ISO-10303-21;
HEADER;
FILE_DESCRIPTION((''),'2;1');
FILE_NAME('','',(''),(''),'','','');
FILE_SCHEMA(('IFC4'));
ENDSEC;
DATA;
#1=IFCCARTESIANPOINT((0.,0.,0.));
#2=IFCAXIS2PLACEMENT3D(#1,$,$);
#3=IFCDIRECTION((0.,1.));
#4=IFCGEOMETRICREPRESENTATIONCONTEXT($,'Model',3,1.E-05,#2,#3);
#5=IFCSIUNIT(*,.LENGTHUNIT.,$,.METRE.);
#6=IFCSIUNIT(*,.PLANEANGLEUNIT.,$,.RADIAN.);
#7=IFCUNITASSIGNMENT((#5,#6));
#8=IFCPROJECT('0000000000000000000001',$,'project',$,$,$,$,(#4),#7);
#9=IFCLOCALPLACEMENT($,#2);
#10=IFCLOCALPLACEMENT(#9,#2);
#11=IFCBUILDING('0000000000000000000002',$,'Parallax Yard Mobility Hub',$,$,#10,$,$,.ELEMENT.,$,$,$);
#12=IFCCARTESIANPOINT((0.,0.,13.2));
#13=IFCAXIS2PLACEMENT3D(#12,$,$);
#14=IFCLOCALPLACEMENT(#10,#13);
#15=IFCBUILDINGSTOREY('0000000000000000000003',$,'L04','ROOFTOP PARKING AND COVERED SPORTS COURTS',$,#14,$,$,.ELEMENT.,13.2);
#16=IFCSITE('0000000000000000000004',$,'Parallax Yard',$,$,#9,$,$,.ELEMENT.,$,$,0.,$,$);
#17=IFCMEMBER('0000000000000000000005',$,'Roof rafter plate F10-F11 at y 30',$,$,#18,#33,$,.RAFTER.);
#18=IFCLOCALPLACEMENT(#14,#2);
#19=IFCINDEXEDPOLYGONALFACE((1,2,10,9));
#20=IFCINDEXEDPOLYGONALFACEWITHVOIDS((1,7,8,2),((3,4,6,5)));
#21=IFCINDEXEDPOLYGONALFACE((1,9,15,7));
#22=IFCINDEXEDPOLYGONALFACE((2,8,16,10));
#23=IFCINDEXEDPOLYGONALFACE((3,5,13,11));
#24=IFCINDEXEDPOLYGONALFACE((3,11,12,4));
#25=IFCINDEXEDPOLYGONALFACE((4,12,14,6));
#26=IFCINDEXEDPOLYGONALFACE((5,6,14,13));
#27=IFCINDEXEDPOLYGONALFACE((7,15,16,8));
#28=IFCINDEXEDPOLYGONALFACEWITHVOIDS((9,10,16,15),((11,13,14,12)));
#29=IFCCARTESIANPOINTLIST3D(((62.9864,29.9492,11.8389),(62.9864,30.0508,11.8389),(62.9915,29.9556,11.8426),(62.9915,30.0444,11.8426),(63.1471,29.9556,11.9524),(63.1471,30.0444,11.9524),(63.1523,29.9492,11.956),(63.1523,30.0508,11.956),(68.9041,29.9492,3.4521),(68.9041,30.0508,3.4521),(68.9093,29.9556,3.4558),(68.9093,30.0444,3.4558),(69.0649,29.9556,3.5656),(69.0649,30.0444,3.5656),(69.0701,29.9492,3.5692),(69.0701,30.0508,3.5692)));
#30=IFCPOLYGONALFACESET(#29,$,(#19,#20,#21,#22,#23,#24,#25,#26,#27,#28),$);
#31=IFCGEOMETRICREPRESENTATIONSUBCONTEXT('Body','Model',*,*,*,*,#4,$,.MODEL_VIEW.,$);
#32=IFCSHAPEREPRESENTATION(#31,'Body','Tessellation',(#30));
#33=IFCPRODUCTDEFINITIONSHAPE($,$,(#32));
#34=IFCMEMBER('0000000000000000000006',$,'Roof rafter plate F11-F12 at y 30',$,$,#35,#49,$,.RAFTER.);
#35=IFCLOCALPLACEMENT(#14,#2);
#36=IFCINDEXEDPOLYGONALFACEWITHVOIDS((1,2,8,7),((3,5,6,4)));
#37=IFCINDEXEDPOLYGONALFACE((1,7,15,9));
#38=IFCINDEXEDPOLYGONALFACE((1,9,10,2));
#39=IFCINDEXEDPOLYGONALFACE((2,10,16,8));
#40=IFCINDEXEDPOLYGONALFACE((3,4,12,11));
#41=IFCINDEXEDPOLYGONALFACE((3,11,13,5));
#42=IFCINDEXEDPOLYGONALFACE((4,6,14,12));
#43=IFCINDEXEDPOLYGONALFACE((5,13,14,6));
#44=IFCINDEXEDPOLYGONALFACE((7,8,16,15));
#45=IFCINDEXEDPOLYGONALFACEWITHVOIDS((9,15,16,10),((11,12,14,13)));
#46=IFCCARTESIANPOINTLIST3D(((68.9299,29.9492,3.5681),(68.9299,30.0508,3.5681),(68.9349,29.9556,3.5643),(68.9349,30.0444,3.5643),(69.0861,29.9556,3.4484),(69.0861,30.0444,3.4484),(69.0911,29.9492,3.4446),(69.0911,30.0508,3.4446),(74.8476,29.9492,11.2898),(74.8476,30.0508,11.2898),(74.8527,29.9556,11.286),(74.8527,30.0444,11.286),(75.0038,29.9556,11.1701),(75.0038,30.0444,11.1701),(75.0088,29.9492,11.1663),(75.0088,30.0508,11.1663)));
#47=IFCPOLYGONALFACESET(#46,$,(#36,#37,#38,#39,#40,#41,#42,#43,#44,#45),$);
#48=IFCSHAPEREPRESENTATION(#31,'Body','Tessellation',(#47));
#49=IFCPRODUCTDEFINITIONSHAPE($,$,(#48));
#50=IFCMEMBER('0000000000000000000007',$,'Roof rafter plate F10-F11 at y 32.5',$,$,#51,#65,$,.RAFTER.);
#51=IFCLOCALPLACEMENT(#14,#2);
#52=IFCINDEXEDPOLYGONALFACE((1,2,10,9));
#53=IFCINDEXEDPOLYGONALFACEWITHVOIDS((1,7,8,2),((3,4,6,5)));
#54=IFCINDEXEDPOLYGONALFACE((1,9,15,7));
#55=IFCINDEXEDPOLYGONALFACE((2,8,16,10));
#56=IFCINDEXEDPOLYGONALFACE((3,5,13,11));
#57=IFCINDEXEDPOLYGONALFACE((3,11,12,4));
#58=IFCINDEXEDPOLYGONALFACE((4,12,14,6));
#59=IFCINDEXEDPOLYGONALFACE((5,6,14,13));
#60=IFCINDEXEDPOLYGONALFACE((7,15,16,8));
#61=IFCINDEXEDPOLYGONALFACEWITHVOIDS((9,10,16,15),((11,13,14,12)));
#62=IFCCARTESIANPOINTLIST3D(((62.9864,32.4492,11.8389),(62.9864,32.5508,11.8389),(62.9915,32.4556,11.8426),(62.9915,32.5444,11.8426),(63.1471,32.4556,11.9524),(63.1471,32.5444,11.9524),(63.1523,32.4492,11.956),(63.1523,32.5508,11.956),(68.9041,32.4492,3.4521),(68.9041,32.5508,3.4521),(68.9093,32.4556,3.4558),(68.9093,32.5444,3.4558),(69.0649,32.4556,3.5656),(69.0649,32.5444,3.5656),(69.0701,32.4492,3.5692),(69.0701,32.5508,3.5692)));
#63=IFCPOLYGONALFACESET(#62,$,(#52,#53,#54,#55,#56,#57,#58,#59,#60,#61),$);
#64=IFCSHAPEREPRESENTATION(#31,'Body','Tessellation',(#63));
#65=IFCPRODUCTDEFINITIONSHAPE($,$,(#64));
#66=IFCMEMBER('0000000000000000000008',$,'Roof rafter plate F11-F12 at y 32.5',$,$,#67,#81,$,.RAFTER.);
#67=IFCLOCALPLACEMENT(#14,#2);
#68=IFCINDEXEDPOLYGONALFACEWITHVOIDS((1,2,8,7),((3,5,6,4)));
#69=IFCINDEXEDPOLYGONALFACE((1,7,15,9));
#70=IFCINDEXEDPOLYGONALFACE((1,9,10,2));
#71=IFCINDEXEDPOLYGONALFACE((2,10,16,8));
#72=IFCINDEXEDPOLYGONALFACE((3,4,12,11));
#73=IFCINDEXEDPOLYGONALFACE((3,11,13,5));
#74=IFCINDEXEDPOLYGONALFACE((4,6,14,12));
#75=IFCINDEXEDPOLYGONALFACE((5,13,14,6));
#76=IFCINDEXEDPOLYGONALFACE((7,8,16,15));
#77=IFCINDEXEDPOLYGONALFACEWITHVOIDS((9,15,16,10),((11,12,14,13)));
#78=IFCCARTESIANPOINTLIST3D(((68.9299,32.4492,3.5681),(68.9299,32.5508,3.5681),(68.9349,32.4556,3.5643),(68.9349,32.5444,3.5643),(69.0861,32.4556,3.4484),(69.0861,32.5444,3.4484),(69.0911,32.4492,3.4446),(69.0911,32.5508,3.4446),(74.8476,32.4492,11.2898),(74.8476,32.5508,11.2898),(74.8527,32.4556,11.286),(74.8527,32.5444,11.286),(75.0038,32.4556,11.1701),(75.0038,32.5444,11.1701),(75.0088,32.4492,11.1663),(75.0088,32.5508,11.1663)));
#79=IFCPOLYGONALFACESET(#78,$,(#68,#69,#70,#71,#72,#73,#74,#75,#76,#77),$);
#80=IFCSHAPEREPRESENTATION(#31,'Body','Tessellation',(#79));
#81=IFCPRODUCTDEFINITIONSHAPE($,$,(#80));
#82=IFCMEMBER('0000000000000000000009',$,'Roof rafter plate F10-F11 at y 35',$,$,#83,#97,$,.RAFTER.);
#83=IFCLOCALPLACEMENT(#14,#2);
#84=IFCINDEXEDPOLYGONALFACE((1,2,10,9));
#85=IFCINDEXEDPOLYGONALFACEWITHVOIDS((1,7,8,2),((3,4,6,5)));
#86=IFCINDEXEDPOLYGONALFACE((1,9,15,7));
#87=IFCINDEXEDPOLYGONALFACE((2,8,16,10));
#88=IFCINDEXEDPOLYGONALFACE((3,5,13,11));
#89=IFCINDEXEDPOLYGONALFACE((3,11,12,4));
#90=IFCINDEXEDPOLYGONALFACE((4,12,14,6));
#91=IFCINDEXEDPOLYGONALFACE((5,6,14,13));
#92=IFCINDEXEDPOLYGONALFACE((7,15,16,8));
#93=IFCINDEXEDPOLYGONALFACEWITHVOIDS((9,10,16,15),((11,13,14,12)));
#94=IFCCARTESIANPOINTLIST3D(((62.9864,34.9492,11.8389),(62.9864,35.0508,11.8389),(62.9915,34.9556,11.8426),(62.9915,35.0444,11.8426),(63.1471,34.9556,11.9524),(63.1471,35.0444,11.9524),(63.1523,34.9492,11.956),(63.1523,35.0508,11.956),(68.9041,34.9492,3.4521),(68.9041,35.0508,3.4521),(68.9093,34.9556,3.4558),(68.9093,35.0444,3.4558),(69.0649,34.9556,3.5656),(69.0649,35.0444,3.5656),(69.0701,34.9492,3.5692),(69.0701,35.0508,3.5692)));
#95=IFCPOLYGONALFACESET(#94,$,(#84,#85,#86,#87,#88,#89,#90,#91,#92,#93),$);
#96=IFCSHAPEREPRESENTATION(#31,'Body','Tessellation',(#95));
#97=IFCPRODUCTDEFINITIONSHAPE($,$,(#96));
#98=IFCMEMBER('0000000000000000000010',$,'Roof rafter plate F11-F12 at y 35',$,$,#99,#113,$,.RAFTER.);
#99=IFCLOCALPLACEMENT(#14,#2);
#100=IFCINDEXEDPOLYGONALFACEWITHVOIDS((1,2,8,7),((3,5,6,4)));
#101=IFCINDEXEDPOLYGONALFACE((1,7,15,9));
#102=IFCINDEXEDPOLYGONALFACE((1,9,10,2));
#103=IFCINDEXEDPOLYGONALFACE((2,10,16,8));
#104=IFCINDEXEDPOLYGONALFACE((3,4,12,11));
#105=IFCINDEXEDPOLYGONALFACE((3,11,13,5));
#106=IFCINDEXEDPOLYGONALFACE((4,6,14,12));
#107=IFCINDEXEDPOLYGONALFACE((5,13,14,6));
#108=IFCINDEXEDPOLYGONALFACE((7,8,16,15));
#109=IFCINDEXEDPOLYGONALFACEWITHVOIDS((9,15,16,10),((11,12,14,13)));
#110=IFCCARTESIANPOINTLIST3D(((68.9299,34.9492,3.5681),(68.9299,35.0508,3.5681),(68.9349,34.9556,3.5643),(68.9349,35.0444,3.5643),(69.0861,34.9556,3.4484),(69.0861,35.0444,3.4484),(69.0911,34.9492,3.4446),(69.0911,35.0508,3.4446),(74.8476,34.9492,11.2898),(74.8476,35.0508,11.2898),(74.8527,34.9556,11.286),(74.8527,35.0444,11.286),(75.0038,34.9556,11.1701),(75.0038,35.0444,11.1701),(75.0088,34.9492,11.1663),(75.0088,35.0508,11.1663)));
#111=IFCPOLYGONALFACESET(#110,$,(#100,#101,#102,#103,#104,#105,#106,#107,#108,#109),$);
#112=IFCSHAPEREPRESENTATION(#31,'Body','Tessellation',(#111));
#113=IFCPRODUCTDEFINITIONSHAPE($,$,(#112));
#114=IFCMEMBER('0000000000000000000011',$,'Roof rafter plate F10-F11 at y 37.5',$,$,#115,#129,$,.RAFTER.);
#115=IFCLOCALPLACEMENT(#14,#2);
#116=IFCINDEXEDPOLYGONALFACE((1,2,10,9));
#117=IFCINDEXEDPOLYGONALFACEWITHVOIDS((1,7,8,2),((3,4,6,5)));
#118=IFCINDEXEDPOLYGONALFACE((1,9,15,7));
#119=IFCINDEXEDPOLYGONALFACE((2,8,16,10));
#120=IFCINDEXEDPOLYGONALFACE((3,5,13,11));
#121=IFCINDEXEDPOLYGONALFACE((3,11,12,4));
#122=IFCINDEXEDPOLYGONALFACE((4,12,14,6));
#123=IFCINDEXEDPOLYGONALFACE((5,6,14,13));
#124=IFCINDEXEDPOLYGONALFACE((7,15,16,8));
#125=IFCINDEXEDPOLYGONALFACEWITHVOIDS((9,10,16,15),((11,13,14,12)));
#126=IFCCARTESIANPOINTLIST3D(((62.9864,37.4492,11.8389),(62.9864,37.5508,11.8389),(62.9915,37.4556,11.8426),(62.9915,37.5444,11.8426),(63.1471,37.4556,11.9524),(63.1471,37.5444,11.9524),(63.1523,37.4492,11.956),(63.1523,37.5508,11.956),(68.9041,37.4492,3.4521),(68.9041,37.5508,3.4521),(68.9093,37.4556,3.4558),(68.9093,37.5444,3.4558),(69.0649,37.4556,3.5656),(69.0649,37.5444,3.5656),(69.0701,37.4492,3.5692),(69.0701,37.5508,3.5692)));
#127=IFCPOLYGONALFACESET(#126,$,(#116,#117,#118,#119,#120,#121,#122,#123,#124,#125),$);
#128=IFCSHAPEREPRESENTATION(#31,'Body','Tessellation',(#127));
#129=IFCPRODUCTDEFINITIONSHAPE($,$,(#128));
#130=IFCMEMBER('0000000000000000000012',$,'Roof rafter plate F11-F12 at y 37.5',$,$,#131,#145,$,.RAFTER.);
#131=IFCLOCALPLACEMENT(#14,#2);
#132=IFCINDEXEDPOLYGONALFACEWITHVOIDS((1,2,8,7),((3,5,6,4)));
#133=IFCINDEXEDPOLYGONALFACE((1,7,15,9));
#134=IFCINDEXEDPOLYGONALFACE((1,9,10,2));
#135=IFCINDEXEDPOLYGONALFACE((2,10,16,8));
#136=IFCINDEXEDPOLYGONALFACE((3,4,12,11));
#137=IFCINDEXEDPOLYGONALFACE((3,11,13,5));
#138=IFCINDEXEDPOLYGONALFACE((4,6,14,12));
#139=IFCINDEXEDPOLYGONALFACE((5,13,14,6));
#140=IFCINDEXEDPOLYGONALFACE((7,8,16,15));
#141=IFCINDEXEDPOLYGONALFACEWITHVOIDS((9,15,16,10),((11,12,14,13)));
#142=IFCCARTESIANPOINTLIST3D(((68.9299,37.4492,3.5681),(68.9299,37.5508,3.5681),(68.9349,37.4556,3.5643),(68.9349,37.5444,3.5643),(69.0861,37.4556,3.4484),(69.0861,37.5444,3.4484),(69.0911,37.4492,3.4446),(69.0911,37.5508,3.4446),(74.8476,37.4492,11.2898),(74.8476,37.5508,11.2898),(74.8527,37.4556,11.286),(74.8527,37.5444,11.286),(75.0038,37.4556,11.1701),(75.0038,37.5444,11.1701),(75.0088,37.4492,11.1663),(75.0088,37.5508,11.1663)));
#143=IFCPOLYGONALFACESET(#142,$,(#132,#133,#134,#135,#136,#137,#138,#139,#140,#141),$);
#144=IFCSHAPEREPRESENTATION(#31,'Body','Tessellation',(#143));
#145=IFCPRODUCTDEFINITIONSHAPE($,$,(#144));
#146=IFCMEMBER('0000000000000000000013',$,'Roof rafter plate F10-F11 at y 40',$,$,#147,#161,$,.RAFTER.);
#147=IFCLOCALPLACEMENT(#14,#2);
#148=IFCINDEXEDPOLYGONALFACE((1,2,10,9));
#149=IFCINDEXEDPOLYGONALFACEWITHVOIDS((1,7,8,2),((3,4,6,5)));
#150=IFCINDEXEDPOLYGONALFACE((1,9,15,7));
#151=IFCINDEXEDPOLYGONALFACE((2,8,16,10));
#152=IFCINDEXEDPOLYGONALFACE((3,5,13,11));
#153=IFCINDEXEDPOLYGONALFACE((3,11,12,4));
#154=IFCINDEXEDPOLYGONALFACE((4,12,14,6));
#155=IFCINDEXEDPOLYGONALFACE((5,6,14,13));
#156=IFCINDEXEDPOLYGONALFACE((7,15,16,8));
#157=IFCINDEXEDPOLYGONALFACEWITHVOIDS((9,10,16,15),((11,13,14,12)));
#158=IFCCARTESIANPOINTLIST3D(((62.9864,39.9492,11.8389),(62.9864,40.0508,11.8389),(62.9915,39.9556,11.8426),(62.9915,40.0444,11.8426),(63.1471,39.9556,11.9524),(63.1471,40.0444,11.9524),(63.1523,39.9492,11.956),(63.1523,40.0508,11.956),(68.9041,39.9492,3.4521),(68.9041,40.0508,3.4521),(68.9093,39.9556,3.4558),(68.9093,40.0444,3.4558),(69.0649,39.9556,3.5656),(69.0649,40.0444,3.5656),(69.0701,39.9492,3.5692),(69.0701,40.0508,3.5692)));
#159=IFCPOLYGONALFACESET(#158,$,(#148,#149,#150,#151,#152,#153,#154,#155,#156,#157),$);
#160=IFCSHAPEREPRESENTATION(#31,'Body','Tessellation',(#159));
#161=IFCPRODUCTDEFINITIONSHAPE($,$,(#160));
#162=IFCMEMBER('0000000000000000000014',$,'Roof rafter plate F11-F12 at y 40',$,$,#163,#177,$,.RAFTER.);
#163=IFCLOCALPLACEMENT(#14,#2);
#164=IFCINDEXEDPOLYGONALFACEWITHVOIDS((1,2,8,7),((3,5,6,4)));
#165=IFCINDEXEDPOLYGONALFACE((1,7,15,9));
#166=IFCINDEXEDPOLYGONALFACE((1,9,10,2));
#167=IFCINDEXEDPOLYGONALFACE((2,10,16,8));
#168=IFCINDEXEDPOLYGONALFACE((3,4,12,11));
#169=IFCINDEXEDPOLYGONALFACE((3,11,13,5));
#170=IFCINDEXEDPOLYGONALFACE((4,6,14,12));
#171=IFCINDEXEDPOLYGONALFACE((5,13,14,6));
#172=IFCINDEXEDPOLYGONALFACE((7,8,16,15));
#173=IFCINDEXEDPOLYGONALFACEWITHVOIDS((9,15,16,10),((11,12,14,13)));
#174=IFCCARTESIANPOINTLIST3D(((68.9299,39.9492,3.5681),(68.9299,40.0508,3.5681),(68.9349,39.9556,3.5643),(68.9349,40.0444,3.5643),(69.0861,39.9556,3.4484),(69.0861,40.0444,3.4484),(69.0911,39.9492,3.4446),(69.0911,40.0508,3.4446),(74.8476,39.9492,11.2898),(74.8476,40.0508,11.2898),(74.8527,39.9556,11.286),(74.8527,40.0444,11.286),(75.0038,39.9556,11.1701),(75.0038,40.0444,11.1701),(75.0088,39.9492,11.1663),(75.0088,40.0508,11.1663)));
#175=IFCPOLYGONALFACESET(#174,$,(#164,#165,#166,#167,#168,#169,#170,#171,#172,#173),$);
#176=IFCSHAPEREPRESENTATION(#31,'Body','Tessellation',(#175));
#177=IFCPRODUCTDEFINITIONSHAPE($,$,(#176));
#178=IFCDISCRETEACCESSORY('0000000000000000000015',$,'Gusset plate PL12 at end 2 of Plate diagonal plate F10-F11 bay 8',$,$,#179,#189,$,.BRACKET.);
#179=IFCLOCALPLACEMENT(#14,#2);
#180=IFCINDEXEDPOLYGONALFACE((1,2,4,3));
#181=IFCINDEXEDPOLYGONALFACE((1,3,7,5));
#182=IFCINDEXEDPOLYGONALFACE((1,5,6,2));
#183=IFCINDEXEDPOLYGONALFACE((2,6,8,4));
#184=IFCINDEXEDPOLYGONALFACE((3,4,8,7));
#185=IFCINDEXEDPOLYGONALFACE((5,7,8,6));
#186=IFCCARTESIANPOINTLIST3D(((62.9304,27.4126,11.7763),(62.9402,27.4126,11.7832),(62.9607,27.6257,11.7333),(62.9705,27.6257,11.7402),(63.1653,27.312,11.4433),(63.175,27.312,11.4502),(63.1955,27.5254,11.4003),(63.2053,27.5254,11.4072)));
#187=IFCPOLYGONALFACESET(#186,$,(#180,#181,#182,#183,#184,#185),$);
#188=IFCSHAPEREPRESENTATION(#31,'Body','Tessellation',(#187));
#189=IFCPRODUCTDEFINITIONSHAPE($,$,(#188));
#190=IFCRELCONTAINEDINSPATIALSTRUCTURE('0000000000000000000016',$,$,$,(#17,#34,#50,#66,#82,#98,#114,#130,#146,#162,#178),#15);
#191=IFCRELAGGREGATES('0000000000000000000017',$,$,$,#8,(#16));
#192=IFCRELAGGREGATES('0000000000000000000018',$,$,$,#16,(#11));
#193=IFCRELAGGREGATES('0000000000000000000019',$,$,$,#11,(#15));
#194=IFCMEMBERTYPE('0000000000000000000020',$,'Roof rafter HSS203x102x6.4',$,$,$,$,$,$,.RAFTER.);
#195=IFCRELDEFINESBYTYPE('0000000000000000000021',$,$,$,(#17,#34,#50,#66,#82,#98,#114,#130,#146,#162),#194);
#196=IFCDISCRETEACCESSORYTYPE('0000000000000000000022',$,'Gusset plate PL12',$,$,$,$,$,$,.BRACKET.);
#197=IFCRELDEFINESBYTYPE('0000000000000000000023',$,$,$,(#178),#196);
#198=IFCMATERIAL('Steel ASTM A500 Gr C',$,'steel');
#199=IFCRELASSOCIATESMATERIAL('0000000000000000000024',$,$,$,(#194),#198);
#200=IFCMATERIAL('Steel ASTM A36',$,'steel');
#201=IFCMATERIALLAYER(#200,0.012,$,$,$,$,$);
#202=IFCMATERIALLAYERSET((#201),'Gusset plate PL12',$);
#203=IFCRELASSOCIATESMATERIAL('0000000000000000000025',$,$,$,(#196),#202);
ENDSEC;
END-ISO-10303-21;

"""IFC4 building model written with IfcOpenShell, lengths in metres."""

from ifc_helpers import new_model, si_unit, direction, frame, origin, origin_2d, place, context, subcontext, project, spatial, polyline, hollow_rectangle, outline, extrude, material, layer, layer_set, material_profile, profile_set, type_object, element, save


model = new_model("IFC4")

# Units and contexts
model_context = context("Model", 3, precision=1e-05, world=origin(), true_north=direction((0.0, 1.0)))
body_context = subcontext(model_context, "Body", "Model", "MODEL_VIEW")
ifc_project = project(units=[si_unit("LENGTHUNIT", "METRE"), si_unit("PLANEANGLEUNIT", "RADIAN")], contexts=[model_context])

# Site, building, storey
site_placement = place(None, origin())
site = spatial("IfcSite", under=ifc_project, at=site_placement, Name="Parallax Yard", CompositionType="ELEMENT", RefElevation=0.0)
building_placement = place(site_placement, origin())
building = spatial("IfcBuilding", under=site, at=building_placement, Name="Parallax Yard Mobility Hub", CompositionType="ELEMENT")
storey_placement = place(building_placement, frame((0.0, 0.0, 13.2)))
storey = spatial("IfcBuildingStorey", under=building, at=storey_placement, Name="L04", Description="ROOFTOP PARKING AND COVERED SPORTS COURTS", CompositionType="ELEMENT", Elevation=13.2)

# Members
ifc_material_1 = material(Name="Steel ASTM A500 Gr C", Category="steel")
ifc_material_profile_1 = material_profile(ifc_material_1, hollow_rectangle(XDim=0.1016, YDim=0.2031, WallThickness=0.0063, at=origin_2d()), Name="HSS203x102x6.4")
ifc_profile_set_1 = profile_set([ifc_material_profile_1], Name="Steel ASTM A500 Gr C")
member_type_1 = type_object("IfcMemberType", Name="Roof rafter HSS203x102x6.4", PredefinedType="RAFTER", material=ifc_profile_set_1)
member_1_placement = place(storey_placement, frame((63.0693, 30.0, 11.8975), z_axis=(0.576533, 0.0, -0.817074), x_axis=(0.0, 1.0, 0.0)))
element("IfcMember", 1, at=member_1_placement, inside=storey, type_object=member_type_1, Name="Roof rafter plate F10-F11 at y 30", PredefinedType="RAFTER", context=body_context, shape_type="SweptSolid", body=[
    extrude(hollow_rectangle(XDim=0.1016, YDim=0.2031, WallThickness=0.0063, at=origin_2d()), origin(), (0.0, 0.0, 1.0), 10.2644),
])
member_2_placement = place(storey_placement, frame((69.0105, 30.0, 3.5063), z_axis=(0.608287, 0.0, 0.793717), x_axis=(0.0, 1.0, 0.0)))
element("IfcMember", 2, at=member_2_placement, inside=storey, type_object=member_type_1, Name="Roof rafter plate F11-F12 at y 30", PredefinedType="RAFTER", context=body_context, shape_type="SweptSolid", body=[
    extrude(hollow_rectangle(XDim=0.1016, YDim=0.2031, WallThickness=0.0063, at=origin_2d()), origin(), (0.0, 0.0, 1.0), 9.7285),
])
member_3_placement = place(storey_placement, frame((63.0693, 32.5, 11.8975), z_axis=(0.576533, 0.0, -0.817074), x_axis=(0.0, 1.0, 0.0)))
element("IfcMember", 3, at=member_3_placement, inside=storey, type_object=member_type_1, Name="Roof rafter plate F10-F11 at y 32.5", PredefinedType="RAFTER", context=body_context, shape_type="SweptSolid", body=[
    extrude(hollow_rectangle(XDim=0.1016, YDim=0.2031, WallThickness=0.0063, at=origin_2d()), origin(), (0.0, 0.0, 1.0), 10.2644),
])
member_4_placement = place(storey_placement, frame((69.0105, 32.5, 3.5063), z_axis=(0.608287, 0.0, 0.793717), x_axis=(0.0, 1.0, 0.0)))
element("IfcMember", 4, at=member_4_placement, inside=storey, type_object=member_type_1, Name="Roof rafter plate F11-F12 at y 32.5", PredefinedType="RAFTER", context=body_context, shape_type="SweptSolid", body=[
    extrude(hollow_rectangle(XDim=0.1016, YDim=0.2031, WallThickness=0.0063, at=origin_2d()), origin(), (0.0, 0.0, 1.0), 9.7285),
])
member_5_placement = place(storey_placement, frame((63.0693, 35.0, 11.8975), z_axis=(0.576533, 0.0, -0.817074), x_axis=(0.0, 1.0, 0.0)))
element("IfcMember", 5, at=member_5_placement, inside=storey, type_object=member_type_1, Name="Roof rafter plate F10-F11 at y 35", PredefinedType="RAFTER", context=body_context, shape_type="SweptSolid", body=[
    extrude(hollow_rectangle(XDim=0.1016, YDim=0.2031, WallThickness=0.0063, at=origin_2d()), origin(), (0.0, 0.0, 1.0), 10.2644),
])
member_6_placement = place(storey_placement, frame((69.0105, 35.0, 3.5063), z_axis=(0.608287, 0.0, 0.793717), x_axis=(0.0, 1.0, 0.0)))
element("IfcMember", 6, at=member_6_placement, inside=storey, type_object=member_type_1, Name="Roof rafter plate F11-F12 at y 35", PredefinedType="RAFTER", context=body_context, shape_type="SweptSolid", body=[
    extrude(hollow_rectangle(XDim=0.1016, YDim=0.2031, WallThickness=0.0063, at=origin_2d()), origin(), (0.0, 0.0, 1.0), 9.7285),
])
member_7_placement = place(storey_placement, frame((63.0693, 37.5, 11.8975), z_axis=(0.576533, 0.0, -0.817074), x_axis=(0.0, 1.0, 0.0)))
element("IfcMember", 7, at=member_7_placement, inside=storey, type_object=member_type_1, Name="Roof rafter plate F10-F11 at y 37.5", PredefinedType="RAFTER", context=body_context, shape_type="SweptSolid", body=[
    extrude(hollow_rectangle(XDim=0.1016, YDim=0.2031, WallThickness=0.0063, at=origin_2d()), origin(), (0.0, 0.0, 1.0), 10.2644),
])
member_8_placement = place(storey_placement, frame((69.0105, 37.5, 3.5063), z_axis=(0.608287, 0.0, 0.793717), x_axis=(0.0, 1.0, 0.0)))
element("IfcMember", 8, at=member_8_placement, inside=storey, type_object=member_type_1, Name="Roof rafter plate F11-F12 at y 37.5", PredefinedType="RAFTER", context=body_context, shape_type="SweptSolid", body=[
    extrude(hollow_rectangle(XDim=0.1016, YDim=0.2031, WallThickness=0.0063, at=origin_2d()), origin(), (0.0, 0.0, 1.0), 9.7285),
])
member_9_placement = place(storey_placement, frame((63.0693, 40.0, 11.8975), z_axis=(0.576533, 0.0, -0.817074), x_axis=(0.0, 1.0, 0.0)))
element("IfcMember", 9, at=member_9_placement, inside=storey, type_object=member_type_1, Name="Roof rafter plate F10-F11 at y 40", PredefinedType="RAFTER", context=body_context, shape_type="SweptSolid", body=[
    extrude(hollow_rectangle(XDim=0.1016, YDim=0.2031, WallThickness=0.0063, at=origin_2d()), origin(), (0.0, 0.0, 1.0), 10.2644),
])
member_10_placement = place(storey_placement, frame((69.0105, 40.0, 3.5063), z_axis=(0.608287, 0.0, 0.793717), x_axis=(0.0, 1.0, 0.0)))
element("IfcMember", 10, at=member_10_placement, inside=storey, type_object=member_type_1, Name="Roof rafter plate F11-F12 at y 40", PredefinedType="RAFTER", context=body_context, shape_type="SweptSolid", body=[
    extrude(hollow_rectangle(XDim=0.1016, YDim=0.2031, WallThickness=0.0063, at=origin_2d()), origin(), (0.0, 0.0, 1.0), 9.7285),
])

# Discrete accessory
ifc_material_2 = material(Name="Steel ASTM A36", Category="steel")
ifc_layer = layer(ifc_material_2, 0.012)
ifc_layer_set = layer_set([ifc_layer], Name="Gusset plate PL12")
discrete_accessory_type = type_object("IfcDiscreteAccessoryType", Name="Gusset plate PL12", PredefinedType="BRACKET", material=ifc_layer_set)
discrete_accessory_1_placement = place(storey_placement, frame((63.2053, 27.5254, 11.4072), z_axis=(0.817216, 0.000114, 0.576331), x_axis=(-0.559637, 0.239097, 0.793498)))
element("IfcDiscreteAccessory", 11, at=discrete_accessory_1_placement, inside=storey, type_object=discrete_accessory_type, Name="Gusset plate PL12 at end 2 of Plate diagonal plate F10-F11 bay 8", PredefinedType="BRACKET", context=body_context, shape_type="SweptSolid", body=[
    extrude(outline(polyline([(0.0, 0.0), (0.4197, 0.0), (0.4197, 0.2195), (0.0, 0.2198), (0.0, 0.0)])), origin(), (0.0, 0.0, -1.0), 0.012),
])

save(model, "model.ifc")
